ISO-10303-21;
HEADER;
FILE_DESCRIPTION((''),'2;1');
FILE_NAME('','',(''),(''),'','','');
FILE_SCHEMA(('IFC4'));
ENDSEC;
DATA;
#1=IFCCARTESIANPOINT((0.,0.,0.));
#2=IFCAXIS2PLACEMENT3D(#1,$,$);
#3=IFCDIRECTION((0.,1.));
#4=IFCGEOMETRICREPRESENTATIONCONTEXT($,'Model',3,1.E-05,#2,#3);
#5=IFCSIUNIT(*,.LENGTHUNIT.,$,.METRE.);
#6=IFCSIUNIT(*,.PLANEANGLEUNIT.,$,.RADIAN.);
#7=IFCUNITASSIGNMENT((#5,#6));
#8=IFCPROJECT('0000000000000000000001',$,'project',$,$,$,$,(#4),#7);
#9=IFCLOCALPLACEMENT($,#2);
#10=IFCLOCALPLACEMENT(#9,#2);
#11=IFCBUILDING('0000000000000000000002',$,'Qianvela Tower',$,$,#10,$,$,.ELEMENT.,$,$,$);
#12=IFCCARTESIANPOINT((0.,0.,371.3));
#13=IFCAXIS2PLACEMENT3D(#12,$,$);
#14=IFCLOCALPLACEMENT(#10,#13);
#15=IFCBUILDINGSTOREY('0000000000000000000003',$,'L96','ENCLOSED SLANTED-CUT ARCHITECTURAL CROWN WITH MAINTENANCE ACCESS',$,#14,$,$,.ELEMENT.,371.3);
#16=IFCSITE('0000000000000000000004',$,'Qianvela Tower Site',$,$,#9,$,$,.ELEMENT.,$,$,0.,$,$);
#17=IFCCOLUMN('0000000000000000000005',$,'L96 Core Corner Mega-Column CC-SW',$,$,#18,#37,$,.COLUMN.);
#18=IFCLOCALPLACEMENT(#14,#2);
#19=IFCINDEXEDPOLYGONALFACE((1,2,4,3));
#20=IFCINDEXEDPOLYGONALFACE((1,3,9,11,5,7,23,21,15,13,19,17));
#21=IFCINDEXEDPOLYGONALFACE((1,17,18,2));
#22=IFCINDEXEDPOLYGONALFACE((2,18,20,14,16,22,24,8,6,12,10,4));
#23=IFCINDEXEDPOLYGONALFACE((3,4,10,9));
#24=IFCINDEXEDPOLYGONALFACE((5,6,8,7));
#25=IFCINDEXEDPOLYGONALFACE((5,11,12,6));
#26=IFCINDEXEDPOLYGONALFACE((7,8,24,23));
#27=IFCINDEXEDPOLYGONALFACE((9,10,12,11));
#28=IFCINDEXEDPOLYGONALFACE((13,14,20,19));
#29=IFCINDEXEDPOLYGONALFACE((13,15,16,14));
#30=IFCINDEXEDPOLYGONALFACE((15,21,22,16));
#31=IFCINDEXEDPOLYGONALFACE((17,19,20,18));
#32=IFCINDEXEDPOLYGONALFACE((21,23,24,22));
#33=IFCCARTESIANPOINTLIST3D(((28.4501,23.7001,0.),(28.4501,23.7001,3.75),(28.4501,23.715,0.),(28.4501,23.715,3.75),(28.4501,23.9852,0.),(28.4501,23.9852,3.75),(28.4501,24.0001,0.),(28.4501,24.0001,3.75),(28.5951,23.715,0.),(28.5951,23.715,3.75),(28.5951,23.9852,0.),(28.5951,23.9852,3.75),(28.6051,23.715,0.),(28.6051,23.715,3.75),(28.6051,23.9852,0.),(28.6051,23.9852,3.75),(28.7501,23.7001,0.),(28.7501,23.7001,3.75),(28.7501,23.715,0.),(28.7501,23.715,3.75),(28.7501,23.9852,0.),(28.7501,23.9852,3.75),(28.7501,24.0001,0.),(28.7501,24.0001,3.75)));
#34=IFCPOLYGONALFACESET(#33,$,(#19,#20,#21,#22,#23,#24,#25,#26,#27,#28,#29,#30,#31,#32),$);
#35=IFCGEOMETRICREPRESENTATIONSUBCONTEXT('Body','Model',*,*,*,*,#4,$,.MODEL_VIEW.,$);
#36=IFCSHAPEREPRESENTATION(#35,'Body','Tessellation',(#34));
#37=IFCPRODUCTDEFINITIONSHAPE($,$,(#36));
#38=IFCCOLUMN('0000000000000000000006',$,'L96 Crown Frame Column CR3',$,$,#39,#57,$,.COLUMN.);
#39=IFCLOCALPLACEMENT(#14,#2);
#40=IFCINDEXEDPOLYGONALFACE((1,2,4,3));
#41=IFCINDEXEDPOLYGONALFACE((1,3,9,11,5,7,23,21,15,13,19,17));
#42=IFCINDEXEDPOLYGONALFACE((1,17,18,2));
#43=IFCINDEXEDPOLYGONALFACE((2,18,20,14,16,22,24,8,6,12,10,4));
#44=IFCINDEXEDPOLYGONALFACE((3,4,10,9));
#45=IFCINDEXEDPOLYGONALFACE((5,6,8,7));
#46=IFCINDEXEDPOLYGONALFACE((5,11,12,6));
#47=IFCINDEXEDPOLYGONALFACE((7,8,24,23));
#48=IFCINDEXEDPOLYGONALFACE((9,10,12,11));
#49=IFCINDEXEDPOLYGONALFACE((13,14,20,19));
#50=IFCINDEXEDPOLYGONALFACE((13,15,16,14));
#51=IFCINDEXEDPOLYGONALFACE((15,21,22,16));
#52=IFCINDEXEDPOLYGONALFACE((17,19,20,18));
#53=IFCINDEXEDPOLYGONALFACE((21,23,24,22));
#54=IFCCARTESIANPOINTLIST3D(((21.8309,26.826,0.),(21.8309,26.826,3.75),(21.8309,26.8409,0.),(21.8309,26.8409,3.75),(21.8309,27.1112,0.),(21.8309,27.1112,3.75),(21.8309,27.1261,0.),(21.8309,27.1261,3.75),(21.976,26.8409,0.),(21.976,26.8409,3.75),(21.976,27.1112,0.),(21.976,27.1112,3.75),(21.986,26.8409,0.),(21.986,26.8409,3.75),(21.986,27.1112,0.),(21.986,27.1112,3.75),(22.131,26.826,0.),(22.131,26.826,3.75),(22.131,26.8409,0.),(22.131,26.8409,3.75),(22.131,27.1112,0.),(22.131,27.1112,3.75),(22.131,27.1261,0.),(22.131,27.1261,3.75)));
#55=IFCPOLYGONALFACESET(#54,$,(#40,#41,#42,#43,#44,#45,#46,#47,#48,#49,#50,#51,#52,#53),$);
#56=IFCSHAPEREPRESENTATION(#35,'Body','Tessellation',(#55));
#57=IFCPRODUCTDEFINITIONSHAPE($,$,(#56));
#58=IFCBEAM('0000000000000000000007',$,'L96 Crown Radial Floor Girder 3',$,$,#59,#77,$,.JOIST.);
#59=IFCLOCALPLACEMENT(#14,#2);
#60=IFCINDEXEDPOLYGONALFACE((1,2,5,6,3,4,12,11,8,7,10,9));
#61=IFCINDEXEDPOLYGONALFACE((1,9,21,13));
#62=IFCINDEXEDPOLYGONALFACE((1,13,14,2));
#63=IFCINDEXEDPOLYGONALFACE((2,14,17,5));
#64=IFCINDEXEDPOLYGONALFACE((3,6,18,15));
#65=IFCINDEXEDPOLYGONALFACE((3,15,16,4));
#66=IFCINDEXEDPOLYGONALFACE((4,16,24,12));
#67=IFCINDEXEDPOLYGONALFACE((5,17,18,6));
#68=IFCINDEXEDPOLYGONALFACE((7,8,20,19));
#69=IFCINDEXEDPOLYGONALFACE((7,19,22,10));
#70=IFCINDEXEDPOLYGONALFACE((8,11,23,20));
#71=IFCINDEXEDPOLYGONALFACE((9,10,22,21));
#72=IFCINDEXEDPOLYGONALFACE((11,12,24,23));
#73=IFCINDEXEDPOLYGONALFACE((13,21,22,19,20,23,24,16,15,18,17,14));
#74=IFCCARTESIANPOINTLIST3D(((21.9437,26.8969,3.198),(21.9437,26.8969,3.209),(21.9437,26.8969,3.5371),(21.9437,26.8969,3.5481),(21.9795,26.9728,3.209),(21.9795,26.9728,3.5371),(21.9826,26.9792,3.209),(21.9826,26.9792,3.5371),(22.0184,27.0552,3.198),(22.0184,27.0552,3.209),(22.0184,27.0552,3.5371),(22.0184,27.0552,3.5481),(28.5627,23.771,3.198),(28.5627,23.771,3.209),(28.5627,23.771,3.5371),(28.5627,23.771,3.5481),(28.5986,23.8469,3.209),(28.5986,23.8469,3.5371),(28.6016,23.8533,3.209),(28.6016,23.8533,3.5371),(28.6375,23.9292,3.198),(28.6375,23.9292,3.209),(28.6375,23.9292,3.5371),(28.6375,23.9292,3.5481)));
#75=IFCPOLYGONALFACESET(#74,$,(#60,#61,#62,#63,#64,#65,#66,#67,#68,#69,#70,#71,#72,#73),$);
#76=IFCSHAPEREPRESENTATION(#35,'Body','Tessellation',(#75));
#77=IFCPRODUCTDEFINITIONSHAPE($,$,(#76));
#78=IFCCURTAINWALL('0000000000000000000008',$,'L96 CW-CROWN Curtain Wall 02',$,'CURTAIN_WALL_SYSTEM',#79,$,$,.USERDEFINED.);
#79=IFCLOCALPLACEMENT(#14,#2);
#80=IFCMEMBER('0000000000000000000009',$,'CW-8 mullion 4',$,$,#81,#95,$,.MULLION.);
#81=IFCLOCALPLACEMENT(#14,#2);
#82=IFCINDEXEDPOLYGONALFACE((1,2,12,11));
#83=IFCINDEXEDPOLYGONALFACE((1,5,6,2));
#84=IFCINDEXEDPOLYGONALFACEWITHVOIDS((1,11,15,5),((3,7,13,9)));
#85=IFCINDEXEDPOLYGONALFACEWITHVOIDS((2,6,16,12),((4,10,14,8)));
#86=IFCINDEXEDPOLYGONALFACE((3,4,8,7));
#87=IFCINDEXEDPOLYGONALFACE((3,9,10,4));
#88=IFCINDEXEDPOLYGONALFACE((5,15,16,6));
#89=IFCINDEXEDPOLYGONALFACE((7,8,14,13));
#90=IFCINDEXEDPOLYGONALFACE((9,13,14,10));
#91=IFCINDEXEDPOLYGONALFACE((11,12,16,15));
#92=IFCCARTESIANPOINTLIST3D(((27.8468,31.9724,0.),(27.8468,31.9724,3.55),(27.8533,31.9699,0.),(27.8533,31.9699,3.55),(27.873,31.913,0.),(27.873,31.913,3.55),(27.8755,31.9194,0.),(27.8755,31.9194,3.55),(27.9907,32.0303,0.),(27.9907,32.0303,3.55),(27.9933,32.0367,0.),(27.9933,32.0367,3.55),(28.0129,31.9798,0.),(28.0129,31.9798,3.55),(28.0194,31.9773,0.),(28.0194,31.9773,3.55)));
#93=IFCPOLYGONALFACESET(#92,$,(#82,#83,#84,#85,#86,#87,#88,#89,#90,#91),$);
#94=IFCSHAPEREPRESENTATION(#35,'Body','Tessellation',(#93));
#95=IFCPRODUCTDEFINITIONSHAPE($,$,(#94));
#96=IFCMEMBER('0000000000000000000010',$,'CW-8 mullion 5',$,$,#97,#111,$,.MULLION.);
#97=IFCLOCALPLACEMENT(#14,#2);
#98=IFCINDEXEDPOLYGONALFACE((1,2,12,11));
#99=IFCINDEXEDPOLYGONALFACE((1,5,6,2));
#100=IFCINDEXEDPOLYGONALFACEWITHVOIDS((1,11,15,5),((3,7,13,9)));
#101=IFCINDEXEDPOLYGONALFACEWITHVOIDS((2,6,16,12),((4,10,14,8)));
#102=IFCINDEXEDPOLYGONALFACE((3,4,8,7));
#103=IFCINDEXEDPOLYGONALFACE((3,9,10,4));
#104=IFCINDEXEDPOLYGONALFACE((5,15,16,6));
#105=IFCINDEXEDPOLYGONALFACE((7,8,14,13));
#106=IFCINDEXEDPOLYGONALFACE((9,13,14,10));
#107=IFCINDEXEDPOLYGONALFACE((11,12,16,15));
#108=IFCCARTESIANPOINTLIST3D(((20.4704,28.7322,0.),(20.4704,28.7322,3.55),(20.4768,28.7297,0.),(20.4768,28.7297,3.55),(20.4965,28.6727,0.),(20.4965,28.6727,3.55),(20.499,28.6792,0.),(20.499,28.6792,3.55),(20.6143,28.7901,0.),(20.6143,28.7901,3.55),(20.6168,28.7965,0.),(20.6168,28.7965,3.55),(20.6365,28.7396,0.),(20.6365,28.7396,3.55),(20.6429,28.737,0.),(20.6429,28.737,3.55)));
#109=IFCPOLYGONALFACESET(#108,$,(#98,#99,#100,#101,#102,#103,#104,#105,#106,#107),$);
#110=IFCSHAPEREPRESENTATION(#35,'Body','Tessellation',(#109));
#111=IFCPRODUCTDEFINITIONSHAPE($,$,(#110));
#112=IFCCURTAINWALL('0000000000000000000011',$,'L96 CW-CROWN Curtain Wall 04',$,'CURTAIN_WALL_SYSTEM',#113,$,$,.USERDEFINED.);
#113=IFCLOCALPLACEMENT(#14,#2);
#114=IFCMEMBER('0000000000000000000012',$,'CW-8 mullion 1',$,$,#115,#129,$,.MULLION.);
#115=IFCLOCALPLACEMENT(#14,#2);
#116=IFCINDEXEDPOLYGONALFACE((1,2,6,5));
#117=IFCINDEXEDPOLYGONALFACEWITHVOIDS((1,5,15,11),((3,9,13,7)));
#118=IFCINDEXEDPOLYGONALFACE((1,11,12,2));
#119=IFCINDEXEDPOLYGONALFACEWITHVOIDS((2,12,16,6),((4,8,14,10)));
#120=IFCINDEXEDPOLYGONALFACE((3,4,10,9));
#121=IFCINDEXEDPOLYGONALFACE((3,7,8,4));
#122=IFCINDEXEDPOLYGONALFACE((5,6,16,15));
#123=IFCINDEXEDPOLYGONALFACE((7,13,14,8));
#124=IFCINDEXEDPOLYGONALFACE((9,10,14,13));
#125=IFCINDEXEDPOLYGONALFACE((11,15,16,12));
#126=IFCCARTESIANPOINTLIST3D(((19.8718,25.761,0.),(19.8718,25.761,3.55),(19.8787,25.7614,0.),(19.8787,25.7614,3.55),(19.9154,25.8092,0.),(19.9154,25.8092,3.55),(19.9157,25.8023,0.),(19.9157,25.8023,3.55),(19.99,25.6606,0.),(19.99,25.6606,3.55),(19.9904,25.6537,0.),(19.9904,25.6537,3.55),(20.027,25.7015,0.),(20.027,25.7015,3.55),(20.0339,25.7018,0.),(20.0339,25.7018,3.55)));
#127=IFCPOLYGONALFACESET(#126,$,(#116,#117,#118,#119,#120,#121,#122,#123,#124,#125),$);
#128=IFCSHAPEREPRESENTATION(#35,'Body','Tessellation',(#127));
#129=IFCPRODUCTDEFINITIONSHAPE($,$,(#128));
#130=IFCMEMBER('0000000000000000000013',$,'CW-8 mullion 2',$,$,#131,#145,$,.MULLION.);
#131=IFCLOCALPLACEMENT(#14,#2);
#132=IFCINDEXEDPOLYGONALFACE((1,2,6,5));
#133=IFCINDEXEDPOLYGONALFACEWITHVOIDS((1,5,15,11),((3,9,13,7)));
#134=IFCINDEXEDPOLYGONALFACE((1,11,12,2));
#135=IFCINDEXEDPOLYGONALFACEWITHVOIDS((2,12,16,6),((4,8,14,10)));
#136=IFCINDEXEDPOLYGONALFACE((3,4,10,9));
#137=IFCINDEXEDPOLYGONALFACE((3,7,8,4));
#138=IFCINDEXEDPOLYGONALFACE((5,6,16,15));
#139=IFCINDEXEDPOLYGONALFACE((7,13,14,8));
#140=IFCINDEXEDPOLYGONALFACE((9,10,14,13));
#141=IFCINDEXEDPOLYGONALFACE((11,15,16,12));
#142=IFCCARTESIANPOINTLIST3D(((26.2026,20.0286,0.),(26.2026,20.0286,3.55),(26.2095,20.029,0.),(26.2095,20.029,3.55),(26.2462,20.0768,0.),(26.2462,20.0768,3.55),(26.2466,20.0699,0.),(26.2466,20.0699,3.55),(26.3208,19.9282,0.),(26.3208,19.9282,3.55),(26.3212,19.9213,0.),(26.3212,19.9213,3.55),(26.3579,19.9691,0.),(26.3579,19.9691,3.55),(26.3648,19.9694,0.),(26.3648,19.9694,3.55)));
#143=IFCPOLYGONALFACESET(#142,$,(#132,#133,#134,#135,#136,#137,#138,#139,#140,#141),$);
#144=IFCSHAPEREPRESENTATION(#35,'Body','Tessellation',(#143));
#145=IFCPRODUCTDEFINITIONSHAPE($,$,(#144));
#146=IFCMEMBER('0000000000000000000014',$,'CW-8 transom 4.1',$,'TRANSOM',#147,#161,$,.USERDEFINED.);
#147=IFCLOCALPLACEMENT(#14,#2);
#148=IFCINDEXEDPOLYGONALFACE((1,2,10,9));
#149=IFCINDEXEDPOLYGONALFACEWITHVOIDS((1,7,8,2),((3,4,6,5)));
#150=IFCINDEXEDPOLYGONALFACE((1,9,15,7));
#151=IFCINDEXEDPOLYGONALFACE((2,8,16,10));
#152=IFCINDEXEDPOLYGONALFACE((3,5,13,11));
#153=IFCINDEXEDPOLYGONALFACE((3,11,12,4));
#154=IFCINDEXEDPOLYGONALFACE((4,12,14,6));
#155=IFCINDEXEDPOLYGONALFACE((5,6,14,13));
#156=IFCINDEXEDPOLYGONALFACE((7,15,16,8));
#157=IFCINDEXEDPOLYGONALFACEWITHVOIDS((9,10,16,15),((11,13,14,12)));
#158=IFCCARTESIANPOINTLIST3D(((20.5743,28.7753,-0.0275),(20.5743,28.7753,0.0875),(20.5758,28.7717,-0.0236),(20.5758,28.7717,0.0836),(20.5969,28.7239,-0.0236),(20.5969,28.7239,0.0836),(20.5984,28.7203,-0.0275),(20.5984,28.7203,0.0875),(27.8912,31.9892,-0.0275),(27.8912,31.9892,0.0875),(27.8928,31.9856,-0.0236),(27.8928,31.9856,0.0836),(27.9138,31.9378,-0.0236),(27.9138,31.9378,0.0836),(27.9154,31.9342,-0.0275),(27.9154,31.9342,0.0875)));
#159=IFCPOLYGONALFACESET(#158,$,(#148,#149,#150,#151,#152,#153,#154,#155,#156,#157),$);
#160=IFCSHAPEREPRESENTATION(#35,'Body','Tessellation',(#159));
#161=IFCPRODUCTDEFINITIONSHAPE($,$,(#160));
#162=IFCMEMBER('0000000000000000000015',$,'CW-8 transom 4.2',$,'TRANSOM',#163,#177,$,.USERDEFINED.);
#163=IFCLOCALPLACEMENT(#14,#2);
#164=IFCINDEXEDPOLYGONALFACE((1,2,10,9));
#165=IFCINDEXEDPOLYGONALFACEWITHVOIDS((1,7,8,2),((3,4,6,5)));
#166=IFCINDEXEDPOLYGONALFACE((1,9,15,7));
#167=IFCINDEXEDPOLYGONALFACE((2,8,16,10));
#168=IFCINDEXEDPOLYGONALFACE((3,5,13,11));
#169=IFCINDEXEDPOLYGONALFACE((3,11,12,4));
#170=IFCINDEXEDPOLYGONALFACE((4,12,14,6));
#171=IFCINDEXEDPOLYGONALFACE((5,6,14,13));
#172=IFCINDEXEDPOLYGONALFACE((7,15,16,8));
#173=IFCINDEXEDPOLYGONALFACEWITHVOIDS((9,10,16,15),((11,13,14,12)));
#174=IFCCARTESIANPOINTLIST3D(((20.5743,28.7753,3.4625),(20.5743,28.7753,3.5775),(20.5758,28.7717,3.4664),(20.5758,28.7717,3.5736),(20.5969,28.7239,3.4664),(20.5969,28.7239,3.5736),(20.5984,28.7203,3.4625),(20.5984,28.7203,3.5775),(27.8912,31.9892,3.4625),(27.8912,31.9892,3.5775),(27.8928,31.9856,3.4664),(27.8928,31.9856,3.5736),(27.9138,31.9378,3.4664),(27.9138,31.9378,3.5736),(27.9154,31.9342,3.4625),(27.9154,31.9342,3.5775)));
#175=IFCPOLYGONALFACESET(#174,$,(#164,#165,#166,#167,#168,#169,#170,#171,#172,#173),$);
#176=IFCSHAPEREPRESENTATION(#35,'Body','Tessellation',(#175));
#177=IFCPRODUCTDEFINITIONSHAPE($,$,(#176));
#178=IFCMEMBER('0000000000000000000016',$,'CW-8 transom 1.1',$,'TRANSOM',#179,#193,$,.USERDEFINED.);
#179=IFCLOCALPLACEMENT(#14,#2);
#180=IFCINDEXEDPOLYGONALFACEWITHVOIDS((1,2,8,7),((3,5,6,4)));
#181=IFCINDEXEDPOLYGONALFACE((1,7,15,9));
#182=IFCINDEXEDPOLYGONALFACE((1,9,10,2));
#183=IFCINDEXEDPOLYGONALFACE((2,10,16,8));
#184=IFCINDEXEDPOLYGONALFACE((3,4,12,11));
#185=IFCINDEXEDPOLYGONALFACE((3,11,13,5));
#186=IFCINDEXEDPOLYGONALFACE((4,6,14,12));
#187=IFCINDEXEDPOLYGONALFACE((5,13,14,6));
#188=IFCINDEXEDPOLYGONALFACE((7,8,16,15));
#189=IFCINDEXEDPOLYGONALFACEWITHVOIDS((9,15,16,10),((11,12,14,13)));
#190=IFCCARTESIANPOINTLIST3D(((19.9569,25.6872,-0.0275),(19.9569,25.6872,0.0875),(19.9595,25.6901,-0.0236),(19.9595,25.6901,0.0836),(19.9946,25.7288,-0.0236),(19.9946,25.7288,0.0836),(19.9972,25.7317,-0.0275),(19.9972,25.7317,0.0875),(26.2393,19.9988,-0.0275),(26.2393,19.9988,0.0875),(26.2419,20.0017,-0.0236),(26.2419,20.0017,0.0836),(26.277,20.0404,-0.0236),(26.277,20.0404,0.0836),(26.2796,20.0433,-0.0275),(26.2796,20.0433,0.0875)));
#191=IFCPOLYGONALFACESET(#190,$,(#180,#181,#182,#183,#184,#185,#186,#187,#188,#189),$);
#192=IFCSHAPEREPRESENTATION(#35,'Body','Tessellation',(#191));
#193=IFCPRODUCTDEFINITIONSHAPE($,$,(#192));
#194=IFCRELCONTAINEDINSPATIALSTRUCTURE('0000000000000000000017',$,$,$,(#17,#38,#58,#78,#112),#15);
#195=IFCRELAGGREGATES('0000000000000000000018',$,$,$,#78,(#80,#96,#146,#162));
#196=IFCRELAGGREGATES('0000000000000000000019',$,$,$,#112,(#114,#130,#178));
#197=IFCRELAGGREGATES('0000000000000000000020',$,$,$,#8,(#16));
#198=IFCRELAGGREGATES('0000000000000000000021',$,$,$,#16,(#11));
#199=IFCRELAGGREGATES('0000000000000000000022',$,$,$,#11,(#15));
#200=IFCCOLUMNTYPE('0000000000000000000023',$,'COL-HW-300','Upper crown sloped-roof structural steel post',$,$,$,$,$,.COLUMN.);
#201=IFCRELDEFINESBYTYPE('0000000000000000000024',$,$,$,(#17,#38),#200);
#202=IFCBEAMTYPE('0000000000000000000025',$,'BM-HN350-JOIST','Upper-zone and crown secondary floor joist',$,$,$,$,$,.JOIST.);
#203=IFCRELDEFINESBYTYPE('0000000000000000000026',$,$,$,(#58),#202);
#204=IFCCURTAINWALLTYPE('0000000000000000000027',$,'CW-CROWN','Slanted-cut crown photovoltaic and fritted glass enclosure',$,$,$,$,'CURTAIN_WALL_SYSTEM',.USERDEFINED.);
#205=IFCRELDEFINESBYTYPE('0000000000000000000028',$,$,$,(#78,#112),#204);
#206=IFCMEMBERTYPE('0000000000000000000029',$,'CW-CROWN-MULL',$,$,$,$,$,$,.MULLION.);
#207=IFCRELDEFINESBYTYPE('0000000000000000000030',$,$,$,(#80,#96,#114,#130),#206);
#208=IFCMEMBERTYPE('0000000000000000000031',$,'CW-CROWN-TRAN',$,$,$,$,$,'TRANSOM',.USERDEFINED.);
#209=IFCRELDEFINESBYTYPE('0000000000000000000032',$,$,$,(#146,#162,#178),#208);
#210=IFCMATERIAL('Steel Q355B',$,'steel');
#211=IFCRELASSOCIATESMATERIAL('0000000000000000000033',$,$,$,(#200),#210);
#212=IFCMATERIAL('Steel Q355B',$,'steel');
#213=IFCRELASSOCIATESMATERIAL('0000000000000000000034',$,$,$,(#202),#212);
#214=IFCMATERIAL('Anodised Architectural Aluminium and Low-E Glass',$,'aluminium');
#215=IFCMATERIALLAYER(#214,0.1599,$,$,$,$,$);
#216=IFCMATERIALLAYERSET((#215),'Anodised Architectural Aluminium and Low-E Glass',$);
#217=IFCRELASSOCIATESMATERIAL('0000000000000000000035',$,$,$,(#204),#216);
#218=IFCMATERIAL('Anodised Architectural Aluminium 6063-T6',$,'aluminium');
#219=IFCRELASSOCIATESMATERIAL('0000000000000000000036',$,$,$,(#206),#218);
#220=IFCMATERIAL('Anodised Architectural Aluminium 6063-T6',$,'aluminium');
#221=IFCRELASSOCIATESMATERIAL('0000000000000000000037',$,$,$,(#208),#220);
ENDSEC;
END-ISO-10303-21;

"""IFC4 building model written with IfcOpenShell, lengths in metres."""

from ifc_helpers import new_model, si_unit, direction, frame, origin, origin_2d, place, context, subcontext, project, spatial, hollow_rectangle, i_section, extrude, material, layer, layer_set, material_profile, profile_set, type_object, element, aggregate, save


model = new_model("IFC4")

# Units and contexts
model_context = context("Model", 3, precision=1e-05, world=origin(), true_north=direction((0.0, 1.0)))
body_context = subcontext(model_context, "Body", "Model", "MODEL_VIEW")
ifc_project = project(units=[si_unit("LENGTHUNIT", "METRE"), si_unit("PLANEANGLEUNIT", "RADIAN")], contexts=[model_context])

# Site, building, storey
site_placement = place(None, origin())
site = spatial("IfcSite", under=ifc_project, at=site_placement, Name="Qianvela Tower Site", CompositionType="ELEMENT", RefElevation=0.0)
building_placement = place(site_placement, origin())
building = spatial("IfcBuilding", under=site, at=building_placement, Name="Qianvela Tower", CompositionType="ELEMENT")
storey_placement = place(building_placement, frame((0.0, 0.0, 371.3)))
storey = spatial("IfcBuildingStorey", under=building, at=storey_placement, Name="L96", Description="ENCLOSED SLANTED-CUT ARCHITECTURAL CROWN WITH MAINTENANCE ACCESS", CompositionType="ELEMENT", Elevation=371.3)

# Columns
ifc_material_1 = material(Name="Steel Q355B", Category="steel")
ifc_material_profile_1 = material_profile(ifc_material_1, i_section(OverallWidth=0.3, OverallDepth=0.3, WebThickness=0.01, FlangeThickness=0.0149, at=origin_2d()), Name="HW300x300x10x15")
ifc_profile_set_1 = profile_set([ifc_material_profile_1], Name="Steel Q355B")
column_type = type_object("IfcColumnType", Name="COL-HW-300", Description="Upper crown sloped-roof structural steel post", PredefinedType="COLUMN", material=ifc_profile_set_1)
for number, where, z_axis, x_axis, name in (
    (1, (28.6001, 23.8501, 0.0), (0.0, 0.0, 1.0), (1.0, 0.0, 0.0), "L96 Core Corner Mega-Column CC-SW"),
    (2, (21.981, 26.9761, 0.0), (0.0, 0.0, 1.0), (1.0, 0.0, 0.0), "L96 Crown Frame Column CR3"),
):
    element("IfcColumn", number, at=place(storey_placement, frame(where, z_axis=z_axis, x_axis=x_axis)), inside=storey, type_object=column_type, Name=name, PredefinedType="COLUMN", context=body_context, shape_type="SweptSolid", body=[
        extrude(i_section(OverallWidth=0.3, OverallDepth=0.3, WebThickness=0.01, FlangeThickness=0.0149, at=origin_2d()), origin(), (0.0, 0.0, 1.0), 3.75),
    ])

# Beam
ifc_material_2 = material(Name="Steel Q355B", Category="steel")
ifc_material_profile_2 = material_profile(ifc_material_2, i_section(OverallWidth=0.175, OverallDepth=0.3501, WebThickness=0.0071, FlangeThickness=0.011, at=origin_2d()), Name="HN350x175x7x11")
ifc_profile_set_2 = profile_set([ifc_material_profile_2], Name="Steel Q355B")
beam_type = type_object("IfcBeamType", Name="BM-HN350-JOIST", Description="Upper-zone and crown secondary floor joist", PredefinedType="JOIST", material=ifc_profile_set_2)
beam_placement = place(storey_placement, frame((28.6001, 23.8501, 3.373), z_axis=(-0.904234, 0.427037, 0.0), x_axis=(-0.427037, -0.904234, 0.0)))
element("IfcBeam", 3, at=beam_placement, inside=storey, type_object=beam_type, Name="L96 Crown Radial Floor Girder 3", PredefinedType="JOIST", context=body_context, shape_type="SweptSolid", body=[
    extrude(i_section(OverallWidth=0.175, OverallDepth=0.3501, WebThickness=0.0071, FlangeThickness=0.011, at=origin_2d()), origin(), (0.0, 0.0, 1.0), 7.3201),
])

# Curtain walls, members
ifc_material_3 = material(Name="Anodised Architectural Aluminium and Low-E Glass", Category="aluminium")
ifc_layer_1 = layer(ifc_material_3, 0.1599)
ifc_layer_set_1 = layer_set([ifc_layer_1], Name="Anodised Architectural Aluminium and Low-E Glass")
curtain_wall_type = type_object("IfcCurtainWallType", Name="CW-CROWN", Description="Slanted-cut crown photovoltaic and fritted glass enclosure", ElementType="CURTAIN_WALL_SYSTEM", PredefinedType="USERDEFINED", material=ifc_layer_set_1)
curtain_wall_1_placement = place(storey_placement, origin())
curtain_wall_1 = element("IfcCurtainWall", 4, at=curtain_wall_1_placement, inside=storey, type_object=curtain_wall_type, Name="L96 CW-CROWN Curtain Wall 02", ObjectType="CURTAIN_WALL_SYSTEM", PredefinedType="USERDEFINED")
ifc_material_4 = material(Name="Anodised Architectural Aluminium 6063-T6", Category="aluminium")
ifc_material_profile_3 = material_profile(ifc_material_4, hollow_rectangle(XDim=0.0649, YDim=0.1599, WallThickness=0.0049, at=origin_2d()), Name="ALU-MULL-65x160")
ifc_profile_set_3 = profile_set([ifc_material_profile_3], Name="Anodised Architectural Aluminium 6063-T6")
member_type_1 = type_object("IfcMemberType", Name="CW-CROWN-MULL", PredefinedType="MULLION", material=ifc_profile_set_3)
member_1_placement = place(storey_placement, frame((27.9331, 31.9749, 0.0), z_axis=(0.0, 0.0, 1.0), x_axis=(0.40217, -0.915565, 0.0)))
member_1 = element("IfcMember", 5, at=member_1_placement, type_object=member_type_1, Name="CW-8 mullion 4", PredefinedType="MULLION", context=body_context, shape_type="SweptSolid", body=[
    extrude(hollow_rectangle(XDim=0.0649, YDim=0.1599, WallThickness=0.0049, at=origin_2d()), origin(), (0.0, 0.0, 1.0), 3.55),
])
member_2_placement = place(storey_placement, frame((20.5566, 28.7346, 0.0), z_axis=(0.0, 0.0, 1.0), x_axis=(0.40217, -0.915565, 0.0)))
member_2 = element("IfcMember", 6, at=member_2_placement, type_object=member_type_1, Name="CW-8 mullion 5", PredefinedType="MULLION", context=body_context, shape_type="SweptSolid", body=[
    extrude(hollow_rectangle(XDim=0.0649, YDim=0.1599, WallThickness=0.0049, at=origin_2d()), origin(), (0.0, 0.0, 1.0), 3.55),
])
curtain_wall_2_placement = place(storey_placement, origin())
curtain_wall_2 = element("IfcCurtainWall", 7, at=curtain_wall_2_placement, inside=storey, type_object=curtain_wall_type, Name="L96 CW-CROWN Curtain Wall 04", ObjectType="CURTAIN_WALL_SYSTEM", PredefinedType="USERDEFINED")
member_3_placement = place(storey_placement, frame((19.9529, 25.7314, 0.0), z_axis=(0.0, 0.0, 1.0), x_axis=(0.671203, 0.741273, 0.0)))
member_3 = element("IfcMember", 8, at=member_3_placement, type_object=member_type_1, Name="CW-8 mullion 1", PredefinedType="MULLION", context=body_context, shape_type="SweptSolid", body=[
    extrude(hollow_rectangle(XDim=0.0649, YDim=0.1599, WallThickness=0.0049, at=origin_2d()), origin(), (0.0, 0.0, 1.0), 3.55),
])
member_4_placement = place(storey_placement, frame((26.2837, 19.999, 0.0), z_axis=(0.0, 0.0, 1.0), x_axis=(0.671203, 0.741273, 0.0)))
member_4 = element("IfcMember", 9, at=member_4_placement, type_object=member_type_1, Name="CW-8 mullion 2", PredefinedType="MULLION", context=body_context, shape_type="SweptSolid", body=[
    extrude(hollow_rectangle(XDim=0.0649, YDim=0.1599, WallThickness=0.0049, at=origin_2d()), origin(), (0.0, 0.0, 1.0), 3.55),
])

# Members
ifc_material_5 = material(Name="Anodised Architectural Aluminium 6063-T6", Category="aluminium")
ifc_material_profile_4 = material_profile(ifc_material_5, hollow_rectangle(XDim=0.0601, YDim=0.115, WallThickness=0.0039, at=origin_2d()), Name="ALU-TRAN-60x115")
ifc_profile_set_4 = profile_set([ifc_material_profile_4], Name="Anodised Architectural Aluminium 6063-T6")
member_type_2 = type_object("IfcMemberType", Name="CW-CROWN-TRAN", ElementType="TRANSOM", PredefinedType="USERDEFINED", material=ifc_profile_set_4)
member_5_placement = place(storey_placement, frame((27.9033, 31.9617, 0.03), z_axis=(-0.915572, -0.402155, 0.0), x_axis=(0.402155, -0.915572, 0.0)))
member_5 = element("IfcMember", 10, at=member_5_placement, type_object=member_type_2, Name="CW-8 transom 4.1", ObjectType="TRANSOM", PredefinedType="USERDEFINED", context=body_context, shape_type="SweptSolid", body=[
    extrude(hollow_rectangle(XDim=0.0601, YDim=0.115, WallThickness=0.0039, at=origin_2d()), origin(), (0.0, 0.0, 1.0), 7.9917),
])
member_6_placement = place(storey_placement, frame((27.9033, 31.9617, 3.52), z_axis=(-0.915572, -0.402155, 0.0), x_axis=(0.402155, -0.915572, 0.0)))
member_6 = element("IfcMember", 11, at=member_6_placement, type_object=member_type_2, Name="CW-8 transom 4.2", ObjectType="TRANSOM", PredefinedType="USERDEFINED", context=body_context, shape_type="SweptSolid", body=[
    extrude(hollow_rectangle(XDim=0.0601, YDim=0.115, WallThickness=0.0039, at=origin_2d()), origin(), (0.0, 0.0, 1.0), 7.9917),
])
member_7_placement = place(storey_placement, frame((19.9771, 25.7095, 0.03), z_axis=(0.741281, -0.671195, 0.0), x_axis=(0.671195, 0.741281, 0.0)))
member_7 = element("IfcMember", 12, at=member_7_placement, type_object=member_type_2, Name="CW-8 transom 1.1", ObjectType="TRANSOM", PredefinedType="USERDEFINED", context=body_context, shape_type="SweptSolid", body=[
    extrude(hollow_rectangle(XDim=0.0601, YDim=0.115, WallThickness=0.0039, at=origin_2d()), origin(), (0.0, 0.0, 1.0), 8.4751),
])

aggregate(curtain_wall_1, [member_1, member_2, member_5, member_6])
aggregate(curtain_wall_2, [member_3, member_4, member_7])

save(model, "model.ifc")
